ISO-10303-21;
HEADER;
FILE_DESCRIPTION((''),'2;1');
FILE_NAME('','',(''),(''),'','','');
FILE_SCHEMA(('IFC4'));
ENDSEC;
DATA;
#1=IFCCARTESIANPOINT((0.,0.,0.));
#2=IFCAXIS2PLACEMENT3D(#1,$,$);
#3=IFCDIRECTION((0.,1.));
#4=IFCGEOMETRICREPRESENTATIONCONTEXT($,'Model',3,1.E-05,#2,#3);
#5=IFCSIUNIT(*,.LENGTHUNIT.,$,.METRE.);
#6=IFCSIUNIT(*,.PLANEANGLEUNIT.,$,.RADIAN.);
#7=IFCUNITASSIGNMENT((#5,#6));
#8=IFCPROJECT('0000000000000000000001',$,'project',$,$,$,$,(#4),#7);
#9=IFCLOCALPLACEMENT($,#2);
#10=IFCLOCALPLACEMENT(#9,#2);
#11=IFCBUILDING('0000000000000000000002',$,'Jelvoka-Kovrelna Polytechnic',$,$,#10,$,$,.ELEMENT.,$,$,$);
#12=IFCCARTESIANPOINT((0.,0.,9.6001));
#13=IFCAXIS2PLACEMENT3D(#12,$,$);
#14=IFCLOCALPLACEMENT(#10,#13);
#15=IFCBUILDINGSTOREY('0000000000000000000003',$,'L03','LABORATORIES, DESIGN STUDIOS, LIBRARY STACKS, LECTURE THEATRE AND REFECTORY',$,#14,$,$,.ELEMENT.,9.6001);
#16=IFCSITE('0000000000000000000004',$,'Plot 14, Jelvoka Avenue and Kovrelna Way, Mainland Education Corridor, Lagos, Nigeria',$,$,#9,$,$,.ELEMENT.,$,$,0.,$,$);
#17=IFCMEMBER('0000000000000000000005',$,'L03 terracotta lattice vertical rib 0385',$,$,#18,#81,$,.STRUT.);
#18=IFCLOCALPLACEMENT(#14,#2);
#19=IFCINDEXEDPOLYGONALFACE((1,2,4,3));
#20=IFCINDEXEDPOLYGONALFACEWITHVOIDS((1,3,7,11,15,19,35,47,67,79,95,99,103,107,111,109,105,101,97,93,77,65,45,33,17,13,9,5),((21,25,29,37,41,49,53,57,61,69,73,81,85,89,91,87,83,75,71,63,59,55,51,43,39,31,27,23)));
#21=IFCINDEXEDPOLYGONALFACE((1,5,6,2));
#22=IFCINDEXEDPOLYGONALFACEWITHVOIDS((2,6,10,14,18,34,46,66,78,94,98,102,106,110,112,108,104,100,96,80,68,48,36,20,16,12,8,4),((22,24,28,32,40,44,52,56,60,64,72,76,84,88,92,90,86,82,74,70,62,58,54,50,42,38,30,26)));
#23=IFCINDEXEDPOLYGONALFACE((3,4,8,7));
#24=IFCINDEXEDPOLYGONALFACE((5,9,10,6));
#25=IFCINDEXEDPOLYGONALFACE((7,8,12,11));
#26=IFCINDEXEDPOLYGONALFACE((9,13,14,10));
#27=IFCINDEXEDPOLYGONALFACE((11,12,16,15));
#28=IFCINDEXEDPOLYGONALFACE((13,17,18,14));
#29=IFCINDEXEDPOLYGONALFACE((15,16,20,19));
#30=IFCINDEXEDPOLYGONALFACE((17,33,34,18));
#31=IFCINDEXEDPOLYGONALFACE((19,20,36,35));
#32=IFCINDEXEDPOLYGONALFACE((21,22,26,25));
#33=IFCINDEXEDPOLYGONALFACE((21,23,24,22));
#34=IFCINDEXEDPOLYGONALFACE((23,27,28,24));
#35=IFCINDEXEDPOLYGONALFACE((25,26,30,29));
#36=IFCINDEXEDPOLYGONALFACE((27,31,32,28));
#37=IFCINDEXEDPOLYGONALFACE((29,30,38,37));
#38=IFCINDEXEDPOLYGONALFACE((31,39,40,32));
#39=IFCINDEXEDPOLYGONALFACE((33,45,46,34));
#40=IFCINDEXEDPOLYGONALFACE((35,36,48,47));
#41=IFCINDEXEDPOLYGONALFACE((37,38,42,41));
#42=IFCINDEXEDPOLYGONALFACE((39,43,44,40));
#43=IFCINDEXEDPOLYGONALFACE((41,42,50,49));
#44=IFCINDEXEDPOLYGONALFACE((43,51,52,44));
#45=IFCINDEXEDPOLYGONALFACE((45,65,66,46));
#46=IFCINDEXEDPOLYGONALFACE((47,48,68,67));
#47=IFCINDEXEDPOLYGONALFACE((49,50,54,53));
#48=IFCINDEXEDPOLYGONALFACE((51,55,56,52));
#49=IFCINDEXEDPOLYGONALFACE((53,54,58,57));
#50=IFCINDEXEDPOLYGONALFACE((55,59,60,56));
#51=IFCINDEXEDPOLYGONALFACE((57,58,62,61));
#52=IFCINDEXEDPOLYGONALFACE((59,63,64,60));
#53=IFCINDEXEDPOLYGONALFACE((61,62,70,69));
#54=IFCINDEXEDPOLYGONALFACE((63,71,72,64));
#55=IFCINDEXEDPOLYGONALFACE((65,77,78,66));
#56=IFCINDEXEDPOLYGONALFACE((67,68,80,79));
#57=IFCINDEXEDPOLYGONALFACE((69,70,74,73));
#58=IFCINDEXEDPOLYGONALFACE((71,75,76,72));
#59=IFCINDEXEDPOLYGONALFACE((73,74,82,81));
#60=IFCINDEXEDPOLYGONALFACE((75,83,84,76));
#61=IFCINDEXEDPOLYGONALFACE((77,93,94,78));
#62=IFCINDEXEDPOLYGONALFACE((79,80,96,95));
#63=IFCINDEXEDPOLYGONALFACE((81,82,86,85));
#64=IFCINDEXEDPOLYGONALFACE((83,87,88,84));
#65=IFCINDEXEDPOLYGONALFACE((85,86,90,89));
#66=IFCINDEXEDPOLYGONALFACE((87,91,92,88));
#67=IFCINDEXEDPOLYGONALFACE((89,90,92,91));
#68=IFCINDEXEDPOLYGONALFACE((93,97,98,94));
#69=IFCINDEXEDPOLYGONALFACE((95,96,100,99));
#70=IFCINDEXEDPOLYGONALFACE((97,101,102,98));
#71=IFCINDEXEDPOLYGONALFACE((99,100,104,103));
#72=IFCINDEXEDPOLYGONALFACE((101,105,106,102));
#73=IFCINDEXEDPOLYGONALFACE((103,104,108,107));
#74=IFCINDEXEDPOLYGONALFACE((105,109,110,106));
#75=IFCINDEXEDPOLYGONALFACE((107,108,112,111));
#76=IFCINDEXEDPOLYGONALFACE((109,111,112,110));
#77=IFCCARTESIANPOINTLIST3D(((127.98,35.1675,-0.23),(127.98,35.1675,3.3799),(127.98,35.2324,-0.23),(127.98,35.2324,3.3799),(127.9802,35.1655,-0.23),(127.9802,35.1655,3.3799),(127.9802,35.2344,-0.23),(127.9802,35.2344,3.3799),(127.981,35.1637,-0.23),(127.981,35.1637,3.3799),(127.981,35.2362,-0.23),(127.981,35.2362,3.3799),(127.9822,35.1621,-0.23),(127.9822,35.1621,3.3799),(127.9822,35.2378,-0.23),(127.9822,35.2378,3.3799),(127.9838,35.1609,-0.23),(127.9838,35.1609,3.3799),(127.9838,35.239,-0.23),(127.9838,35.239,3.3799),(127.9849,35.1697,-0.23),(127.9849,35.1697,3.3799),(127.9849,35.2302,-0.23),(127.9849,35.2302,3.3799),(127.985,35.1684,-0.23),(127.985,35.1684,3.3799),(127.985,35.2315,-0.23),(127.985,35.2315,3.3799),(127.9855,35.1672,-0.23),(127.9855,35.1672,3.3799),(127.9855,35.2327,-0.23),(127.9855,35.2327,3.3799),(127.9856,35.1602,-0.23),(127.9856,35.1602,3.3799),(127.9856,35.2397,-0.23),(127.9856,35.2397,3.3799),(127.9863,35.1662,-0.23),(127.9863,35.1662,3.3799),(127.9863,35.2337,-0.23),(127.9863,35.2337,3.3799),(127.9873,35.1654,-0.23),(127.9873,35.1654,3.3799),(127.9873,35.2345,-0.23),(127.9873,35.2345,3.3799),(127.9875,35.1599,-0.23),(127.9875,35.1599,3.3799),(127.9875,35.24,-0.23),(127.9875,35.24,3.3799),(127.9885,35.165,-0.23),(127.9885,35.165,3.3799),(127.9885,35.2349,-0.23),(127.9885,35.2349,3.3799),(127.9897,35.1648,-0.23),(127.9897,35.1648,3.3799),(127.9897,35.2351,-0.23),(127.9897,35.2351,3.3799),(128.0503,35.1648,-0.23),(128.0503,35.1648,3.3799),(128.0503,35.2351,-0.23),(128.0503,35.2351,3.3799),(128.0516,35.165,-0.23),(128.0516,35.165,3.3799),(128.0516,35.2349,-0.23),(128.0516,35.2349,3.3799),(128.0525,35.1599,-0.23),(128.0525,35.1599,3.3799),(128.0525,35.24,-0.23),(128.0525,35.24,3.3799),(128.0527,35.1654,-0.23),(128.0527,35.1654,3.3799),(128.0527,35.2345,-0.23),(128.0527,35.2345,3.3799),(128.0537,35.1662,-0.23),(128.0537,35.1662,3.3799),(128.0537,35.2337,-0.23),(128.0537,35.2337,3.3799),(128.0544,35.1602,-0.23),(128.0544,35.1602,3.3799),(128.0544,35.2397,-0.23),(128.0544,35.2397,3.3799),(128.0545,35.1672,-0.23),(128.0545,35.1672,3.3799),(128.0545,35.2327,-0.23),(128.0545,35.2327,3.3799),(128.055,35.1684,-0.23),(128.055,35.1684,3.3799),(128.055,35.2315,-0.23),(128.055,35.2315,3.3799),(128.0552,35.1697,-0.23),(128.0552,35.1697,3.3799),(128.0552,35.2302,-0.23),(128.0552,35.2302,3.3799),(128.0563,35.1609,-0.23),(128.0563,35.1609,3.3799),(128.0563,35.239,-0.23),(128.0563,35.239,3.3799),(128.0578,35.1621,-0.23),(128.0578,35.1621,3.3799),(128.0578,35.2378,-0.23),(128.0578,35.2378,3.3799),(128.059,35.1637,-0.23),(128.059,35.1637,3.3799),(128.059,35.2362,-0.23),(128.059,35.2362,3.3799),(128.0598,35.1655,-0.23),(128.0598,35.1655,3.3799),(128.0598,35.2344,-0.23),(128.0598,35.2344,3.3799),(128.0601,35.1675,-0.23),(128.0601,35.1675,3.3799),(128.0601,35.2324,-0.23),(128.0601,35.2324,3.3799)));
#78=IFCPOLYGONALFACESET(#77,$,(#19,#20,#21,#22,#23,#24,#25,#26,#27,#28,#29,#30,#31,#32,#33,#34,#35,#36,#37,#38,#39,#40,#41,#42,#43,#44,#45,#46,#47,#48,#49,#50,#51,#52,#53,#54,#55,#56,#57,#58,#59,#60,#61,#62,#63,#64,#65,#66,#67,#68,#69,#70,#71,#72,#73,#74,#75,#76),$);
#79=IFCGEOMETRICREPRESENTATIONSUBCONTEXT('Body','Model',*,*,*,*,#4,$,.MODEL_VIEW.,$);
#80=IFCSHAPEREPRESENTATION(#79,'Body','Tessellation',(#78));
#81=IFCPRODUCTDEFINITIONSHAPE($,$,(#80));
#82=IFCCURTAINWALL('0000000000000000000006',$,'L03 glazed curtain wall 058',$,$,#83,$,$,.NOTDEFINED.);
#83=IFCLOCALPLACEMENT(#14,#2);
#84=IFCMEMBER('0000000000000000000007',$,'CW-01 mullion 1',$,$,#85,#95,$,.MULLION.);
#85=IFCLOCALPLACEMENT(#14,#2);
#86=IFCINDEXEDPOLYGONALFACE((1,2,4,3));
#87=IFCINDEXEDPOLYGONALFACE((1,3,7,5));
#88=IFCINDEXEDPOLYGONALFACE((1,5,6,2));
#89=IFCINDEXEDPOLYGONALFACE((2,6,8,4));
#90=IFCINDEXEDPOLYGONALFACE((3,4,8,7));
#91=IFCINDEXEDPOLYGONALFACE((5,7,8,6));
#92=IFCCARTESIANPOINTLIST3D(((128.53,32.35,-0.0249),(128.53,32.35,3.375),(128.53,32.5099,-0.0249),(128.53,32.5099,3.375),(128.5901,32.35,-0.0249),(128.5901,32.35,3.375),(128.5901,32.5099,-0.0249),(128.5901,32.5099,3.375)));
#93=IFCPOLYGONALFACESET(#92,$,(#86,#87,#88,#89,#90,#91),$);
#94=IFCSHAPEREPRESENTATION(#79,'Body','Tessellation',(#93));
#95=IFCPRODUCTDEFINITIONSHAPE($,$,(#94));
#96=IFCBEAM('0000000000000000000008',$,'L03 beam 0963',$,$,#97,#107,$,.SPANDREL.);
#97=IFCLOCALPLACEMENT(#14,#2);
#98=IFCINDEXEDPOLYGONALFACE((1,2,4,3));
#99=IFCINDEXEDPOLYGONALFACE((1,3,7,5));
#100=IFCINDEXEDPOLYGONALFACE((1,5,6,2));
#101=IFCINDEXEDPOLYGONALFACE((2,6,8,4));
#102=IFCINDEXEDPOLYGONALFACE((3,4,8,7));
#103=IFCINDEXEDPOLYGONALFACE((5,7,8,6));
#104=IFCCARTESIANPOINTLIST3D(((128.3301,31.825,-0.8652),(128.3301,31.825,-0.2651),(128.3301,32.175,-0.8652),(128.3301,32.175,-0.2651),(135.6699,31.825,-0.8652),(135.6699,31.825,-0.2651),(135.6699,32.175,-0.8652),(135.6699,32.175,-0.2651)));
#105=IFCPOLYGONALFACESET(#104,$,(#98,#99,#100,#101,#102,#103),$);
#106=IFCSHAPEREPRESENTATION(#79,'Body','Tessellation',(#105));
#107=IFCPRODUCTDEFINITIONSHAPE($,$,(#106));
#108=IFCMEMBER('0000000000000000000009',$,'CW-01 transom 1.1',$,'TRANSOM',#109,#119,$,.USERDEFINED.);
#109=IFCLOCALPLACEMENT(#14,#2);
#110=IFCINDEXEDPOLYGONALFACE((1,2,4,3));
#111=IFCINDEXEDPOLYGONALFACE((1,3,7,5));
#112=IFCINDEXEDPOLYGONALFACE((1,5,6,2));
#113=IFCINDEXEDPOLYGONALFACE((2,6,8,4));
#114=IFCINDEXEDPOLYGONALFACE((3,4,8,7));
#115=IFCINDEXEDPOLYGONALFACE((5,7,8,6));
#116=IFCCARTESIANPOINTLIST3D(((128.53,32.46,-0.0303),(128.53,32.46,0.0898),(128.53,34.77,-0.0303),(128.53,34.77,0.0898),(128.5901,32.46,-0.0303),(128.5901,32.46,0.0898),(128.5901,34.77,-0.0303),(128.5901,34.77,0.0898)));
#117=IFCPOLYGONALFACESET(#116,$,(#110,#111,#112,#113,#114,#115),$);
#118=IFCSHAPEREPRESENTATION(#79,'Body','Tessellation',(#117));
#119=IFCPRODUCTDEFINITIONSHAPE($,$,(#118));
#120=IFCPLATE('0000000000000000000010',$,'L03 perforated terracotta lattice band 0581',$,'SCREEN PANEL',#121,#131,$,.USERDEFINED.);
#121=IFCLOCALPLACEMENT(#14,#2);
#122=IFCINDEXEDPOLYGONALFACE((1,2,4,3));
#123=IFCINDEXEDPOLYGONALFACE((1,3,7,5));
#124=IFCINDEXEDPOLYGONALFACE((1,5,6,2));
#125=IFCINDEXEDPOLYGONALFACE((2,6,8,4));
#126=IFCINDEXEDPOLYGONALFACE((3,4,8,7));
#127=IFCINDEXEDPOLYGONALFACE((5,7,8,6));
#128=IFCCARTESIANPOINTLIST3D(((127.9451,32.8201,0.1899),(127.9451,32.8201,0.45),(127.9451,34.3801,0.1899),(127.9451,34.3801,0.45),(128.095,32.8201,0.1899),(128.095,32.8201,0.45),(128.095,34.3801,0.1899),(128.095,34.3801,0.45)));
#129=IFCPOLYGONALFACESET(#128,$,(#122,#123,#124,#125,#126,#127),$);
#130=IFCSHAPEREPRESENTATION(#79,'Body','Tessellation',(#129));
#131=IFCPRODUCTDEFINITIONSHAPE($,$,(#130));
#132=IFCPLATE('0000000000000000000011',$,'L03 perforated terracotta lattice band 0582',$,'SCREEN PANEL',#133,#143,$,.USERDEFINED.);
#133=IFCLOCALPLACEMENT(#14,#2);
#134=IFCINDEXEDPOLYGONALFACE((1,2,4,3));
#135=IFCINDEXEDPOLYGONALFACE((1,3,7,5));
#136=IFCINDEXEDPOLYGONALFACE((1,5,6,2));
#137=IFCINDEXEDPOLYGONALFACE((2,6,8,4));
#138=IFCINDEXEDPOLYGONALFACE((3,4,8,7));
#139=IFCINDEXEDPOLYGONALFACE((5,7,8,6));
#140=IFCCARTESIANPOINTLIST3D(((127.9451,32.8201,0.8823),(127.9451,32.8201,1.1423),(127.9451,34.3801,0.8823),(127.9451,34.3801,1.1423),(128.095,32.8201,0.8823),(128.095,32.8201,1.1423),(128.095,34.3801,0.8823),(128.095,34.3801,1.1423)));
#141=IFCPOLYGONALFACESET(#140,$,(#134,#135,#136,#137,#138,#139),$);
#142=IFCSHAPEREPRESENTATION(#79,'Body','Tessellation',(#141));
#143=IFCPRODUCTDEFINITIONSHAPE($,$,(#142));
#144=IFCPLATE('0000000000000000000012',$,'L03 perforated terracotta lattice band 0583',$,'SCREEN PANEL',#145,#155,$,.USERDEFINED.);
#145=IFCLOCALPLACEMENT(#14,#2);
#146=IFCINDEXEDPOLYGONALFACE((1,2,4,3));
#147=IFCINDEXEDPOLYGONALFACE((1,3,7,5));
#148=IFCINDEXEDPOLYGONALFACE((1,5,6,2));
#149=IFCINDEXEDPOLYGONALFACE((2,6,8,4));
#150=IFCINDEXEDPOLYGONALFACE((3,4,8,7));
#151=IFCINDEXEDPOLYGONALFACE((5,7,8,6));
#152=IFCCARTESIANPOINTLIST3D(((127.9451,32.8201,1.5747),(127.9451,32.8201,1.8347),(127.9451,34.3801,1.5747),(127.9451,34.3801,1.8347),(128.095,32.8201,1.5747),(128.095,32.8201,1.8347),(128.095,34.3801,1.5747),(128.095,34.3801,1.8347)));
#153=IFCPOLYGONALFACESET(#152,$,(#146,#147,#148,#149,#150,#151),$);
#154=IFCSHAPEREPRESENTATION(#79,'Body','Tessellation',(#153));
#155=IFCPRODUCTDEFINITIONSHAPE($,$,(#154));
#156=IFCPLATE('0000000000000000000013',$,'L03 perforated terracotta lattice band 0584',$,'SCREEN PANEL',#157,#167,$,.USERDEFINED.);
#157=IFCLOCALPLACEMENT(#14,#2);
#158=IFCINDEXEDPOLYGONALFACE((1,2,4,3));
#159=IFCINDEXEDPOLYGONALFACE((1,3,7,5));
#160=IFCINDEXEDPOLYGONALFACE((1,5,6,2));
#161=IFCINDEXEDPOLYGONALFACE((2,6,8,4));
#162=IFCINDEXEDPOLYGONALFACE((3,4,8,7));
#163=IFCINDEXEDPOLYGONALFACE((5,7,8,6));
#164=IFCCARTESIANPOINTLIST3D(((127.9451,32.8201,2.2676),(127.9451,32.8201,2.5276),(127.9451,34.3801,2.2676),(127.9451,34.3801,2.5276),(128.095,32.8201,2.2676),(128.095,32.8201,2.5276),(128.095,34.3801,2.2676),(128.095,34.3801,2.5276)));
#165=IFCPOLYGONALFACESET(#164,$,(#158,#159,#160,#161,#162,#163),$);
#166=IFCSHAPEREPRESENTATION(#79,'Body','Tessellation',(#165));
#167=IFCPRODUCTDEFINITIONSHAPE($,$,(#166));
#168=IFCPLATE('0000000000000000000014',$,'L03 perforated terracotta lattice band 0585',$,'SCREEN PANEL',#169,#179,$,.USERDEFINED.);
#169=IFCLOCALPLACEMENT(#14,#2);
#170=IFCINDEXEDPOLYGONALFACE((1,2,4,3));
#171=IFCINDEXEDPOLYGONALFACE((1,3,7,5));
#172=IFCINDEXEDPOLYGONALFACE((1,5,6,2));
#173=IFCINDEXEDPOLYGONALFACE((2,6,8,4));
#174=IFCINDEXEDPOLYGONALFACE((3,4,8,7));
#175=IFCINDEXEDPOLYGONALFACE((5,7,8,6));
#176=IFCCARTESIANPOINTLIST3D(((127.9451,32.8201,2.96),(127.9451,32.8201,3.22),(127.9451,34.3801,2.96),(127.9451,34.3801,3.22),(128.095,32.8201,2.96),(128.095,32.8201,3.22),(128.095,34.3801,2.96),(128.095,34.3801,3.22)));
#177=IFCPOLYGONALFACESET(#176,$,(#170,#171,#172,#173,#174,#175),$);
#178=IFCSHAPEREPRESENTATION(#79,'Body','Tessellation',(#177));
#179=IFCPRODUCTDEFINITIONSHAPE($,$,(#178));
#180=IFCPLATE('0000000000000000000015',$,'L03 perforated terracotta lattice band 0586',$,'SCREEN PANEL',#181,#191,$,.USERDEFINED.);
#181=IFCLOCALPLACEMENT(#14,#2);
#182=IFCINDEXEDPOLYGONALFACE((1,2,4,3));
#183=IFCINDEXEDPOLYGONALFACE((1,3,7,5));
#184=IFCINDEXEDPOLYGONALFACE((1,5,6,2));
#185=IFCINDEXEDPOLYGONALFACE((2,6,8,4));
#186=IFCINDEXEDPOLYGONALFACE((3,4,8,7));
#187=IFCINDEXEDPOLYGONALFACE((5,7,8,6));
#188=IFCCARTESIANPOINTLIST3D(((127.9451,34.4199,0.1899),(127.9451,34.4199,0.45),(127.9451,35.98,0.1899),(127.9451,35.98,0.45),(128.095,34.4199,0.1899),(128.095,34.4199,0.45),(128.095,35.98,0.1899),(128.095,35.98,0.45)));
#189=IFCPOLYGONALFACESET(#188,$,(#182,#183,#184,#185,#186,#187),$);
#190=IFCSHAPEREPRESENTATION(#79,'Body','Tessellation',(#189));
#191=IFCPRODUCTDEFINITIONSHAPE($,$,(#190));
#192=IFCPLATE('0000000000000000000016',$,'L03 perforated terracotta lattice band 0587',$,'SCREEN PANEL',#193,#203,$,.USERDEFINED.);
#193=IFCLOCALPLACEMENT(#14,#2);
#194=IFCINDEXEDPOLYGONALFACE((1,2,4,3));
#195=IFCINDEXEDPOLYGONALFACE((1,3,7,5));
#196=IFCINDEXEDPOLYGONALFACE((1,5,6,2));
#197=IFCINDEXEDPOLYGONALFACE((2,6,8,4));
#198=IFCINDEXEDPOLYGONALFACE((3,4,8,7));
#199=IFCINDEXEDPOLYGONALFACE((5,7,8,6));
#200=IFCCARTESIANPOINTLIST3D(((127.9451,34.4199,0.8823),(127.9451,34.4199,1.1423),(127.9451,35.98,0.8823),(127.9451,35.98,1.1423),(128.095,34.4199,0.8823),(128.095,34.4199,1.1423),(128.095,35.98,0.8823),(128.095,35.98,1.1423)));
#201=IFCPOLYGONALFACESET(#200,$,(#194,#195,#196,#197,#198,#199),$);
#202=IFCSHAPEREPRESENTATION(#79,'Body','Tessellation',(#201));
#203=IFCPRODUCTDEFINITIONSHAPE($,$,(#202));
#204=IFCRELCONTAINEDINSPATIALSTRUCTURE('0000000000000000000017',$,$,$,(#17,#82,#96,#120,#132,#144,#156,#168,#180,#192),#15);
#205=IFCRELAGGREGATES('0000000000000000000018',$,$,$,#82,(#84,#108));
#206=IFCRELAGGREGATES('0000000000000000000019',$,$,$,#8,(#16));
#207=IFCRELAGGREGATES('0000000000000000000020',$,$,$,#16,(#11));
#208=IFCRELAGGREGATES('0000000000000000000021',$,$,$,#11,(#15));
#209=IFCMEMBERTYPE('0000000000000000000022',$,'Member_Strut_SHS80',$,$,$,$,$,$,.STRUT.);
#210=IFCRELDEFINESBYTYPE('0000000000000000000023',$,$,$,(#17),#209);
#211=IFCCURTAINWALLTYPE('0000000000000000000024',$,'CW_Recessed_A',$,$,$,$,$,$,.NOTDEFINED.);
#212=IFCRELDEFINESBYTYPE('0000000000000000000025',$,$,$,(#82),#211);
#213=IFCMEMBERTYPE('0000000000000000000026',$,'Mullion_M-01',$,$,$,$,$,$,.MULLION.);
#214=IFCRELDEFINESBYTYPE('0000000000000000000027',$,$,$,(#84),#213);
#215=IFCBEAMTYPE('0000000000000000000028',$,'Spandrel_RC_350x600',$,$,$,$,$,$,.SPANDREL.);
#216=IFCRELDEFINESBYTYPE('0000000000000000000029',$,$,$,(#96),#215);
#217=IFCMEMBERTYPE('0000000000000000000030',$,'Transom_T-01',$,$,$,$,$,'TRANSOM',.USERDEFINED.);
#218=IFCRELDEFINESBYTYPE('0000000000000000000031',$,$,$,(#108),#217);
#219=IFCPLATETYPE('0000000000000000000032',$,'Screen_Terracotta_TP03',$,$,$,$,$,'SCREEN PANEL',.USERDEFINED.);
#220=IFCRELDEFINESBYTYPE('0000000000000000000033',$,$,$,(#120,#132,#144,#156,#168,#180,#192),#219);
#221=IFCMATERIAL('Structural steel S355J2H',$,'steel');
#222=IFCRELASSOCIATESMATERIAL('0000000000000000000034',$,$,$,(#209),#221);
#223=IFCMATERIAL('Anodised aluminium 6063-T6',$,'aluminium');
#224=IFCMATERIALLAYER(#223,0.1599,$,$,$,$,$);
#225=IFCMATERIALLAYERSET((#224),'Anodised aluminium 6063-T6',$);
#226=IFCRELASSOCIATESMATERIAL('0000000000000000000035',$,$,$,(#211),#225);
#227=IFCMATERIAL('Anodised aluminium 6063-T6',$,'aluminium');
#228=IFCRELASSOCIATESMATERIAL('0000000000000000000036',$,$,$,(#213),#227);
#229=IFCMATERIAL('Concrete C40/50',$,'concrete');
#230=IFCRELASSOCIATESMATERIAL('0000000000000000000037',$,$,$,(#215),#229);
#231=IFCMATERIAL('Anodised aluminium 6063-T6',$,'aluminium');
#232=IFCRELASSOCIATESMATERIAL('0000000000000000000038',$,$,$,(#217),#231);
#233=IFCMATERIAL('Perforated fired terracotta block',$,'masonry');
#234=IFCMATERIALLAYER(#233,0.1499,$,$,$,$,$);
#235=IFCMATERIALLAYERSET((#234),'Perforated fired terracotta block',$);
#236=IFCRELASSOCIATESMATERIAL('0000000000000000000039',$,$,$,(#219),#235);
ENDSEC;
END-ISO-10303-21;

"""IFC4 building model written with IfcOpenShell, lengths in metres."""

from ifc_helpers import new_model, si_unit, direction, frame, origin, origin_2d, place, context, subcontext, project, spatial, rectangle, hollow_rectangle, extrude, material, layer, layer_set, material_profile, profile_set, type_object, element, aggregate, save


model = new_model("IFC4")

# Units and contexts
model_context = context("Model", 3, precision=1e-05, world=origin(), true_north=direction((0.0, 1.0)))
body_context = subcontext(model_context, "Body", "Model", "MODEL_VIEW")
ifc_project = project(units=[si_unit("LENGTHUNIT", "METRE"), si_unit("PLANEANGLEUNIT", "RADIAN")], contexts=[model_context])

# Site, building, storey
site_placement = place(None, origin())
site = spatial("IfcSite", under=ifc_project, at=site_placement, Name="Plot 14, Jelvoka Avenue and Kovrelna Way, Mainland Education Corridor, Lagos, Nigeria", CompositionType="ELEMENT", RefElevation=0.0)
building_placement = place(site_placement, origin())
building = spatial("IfcBuilding", under=site, at=building_placement, Name="Jelvoka-Kovrelna Polytechnic", CompositionType="ELEMENT")
storey_placement = place(building_placement, frame((0.0, 0.0, 9.6001)))
storey = spatial("IfcBuildingStorey", under=building, at=storey_placement, Name="L03", Description="LABORATORIES, DESIGN STUDIOS, LIBRARY STACKS, LECTURE THEATRE AND REFECTORY", CompositionType="ELEMENT", Elevation=9.6001)

# Member
ifc_material_1 = material(Name="Structural steel S355J2H", Category="steel")
ifc_material_profile_1 = material_profile(ifc_material_1, hollow_rectangle(XDim=0.0801, YDim=0.0801, WallThickness=0.0049, InnerFilletRadius=0.0049, OuterFilletRadius=0.0076, at=origin_2d()), Name="80x80x5.0 SHS")
ifc_profile_set_1 = profile_set([ifc_material_profile_1], Name="Structural steel S355J2H")
member_type_1 = type_object("IfcMemberType", Name="Member_Strut_SHS80", PredefinedType="STRUT", material=ifc_profile_set_1)
for number, where, z_axis, x_axis, name in (
    (1, (128.02, 35.2, -0.23), (0.0, 0.0, 1.0), (1.0, 0.0, 0.0), "L03 terracotta lattice vertical rib 0385"),
):
    element("IfcMember", number, at=place(storey_placement, frame(where, z_axis=z_axis, x_axis=x_axis)), inside=storey, type_object=member_type_1, Name=name, PredefinedType="STRUT", context=body_context, shape_type="SweptSolid", body=[
        extrude(hollow_rectangle(XDim=0.0801, YDim=0.0801, WallThickness=0.0049, InnerFilletRadius=0.0049, OuterFilletRadius=0.0076, at=origin_2d()), origin(), (0.0, 0.0, 1.0), 3.6099),
    ])

# Curtain wall, member
ifc_material_2 = material(Name="Anodised aluminium 6063-T6", Category="aluminium")
ifc_layer_1 = layer(ifc_material_2, 0.1599)
ifc_layer_set_1 = layer_set([ifc_layer_1], Name="Anodised aluminium 6063-T6")
curtain_wall_type = type_object("IfcCurtainWallType", Name="CW_Recessed_A", PredefinedType="NOTDEFINED", material=ifc_layer_set_1)
curtain_wall_placement = place(storey_placement, origin())
curtain_wall = element("IfcCurtainWall", 2, at=curtain_wall_placement, inside=storey, type_object=curtain_wall_type, Name="L03 glazed curtain wall 058", PredefinedType="NOTDEFINED")
ifc_material_3 = material(Name="Anodised aluminium 6063-T6", Category="aluminium")
ifc_material_profile_2 = material_profile(ifc_material_3, rectangle(XDim=0.0601, YDim=0.1599, at=origin_2d()), Name="ALU 60x160")
ifc_profile_set_2 = profile_set([ifc_material_profile_2], Name="Anodised aluminium 6063-T6")
member_type_2 = type_object("IfcMemberType", Name="Mullion_M-01", PredefinedType="MULLION", material=ifc_profile_set_2)
member_1_placement = place(storey_placement, frame((128.5601, 32.4299, -0.0249), z_axis=(0.0, 0.0, 1.0), x_axis=(-1.0, 0.0, 0.0)))
member_1 = element("IfcMember", 3, at=member_1_placement, type_object=member_type_2, Name="CW-01 mullion 1", PredefinedType="MULLION", context=body_context, shape_type="SweptSolid", body=[
    extrude(rectangle(XDim=0.0601, YDim=0.1599, at=origin_2d()), origin(), (0.0, 0.0, 1.0), 3.3999),
])

# Beam
ifc_material_4 = material(Name="Concrete C40/50", Category="concrete")
ifc_material_profile_3 = material_profile(ifc_material_4, rectangle(XDim=0.3501, YDim=0.6001, at=origin_2d()), Name="RC 350x600")
ifc_profile_set_3 = profile_set([ifc_material_profile_3], Name="Concrete C40/50")
beam_type_1 = type_object("IfcBeamType", Name="Spandrel_RC_350x600", PredefinedType="SPANDREL", material=ifc_profile_set_3)
beam_1_placement = place(storey_placement, frame((128.3301, 32.0, -0.5652), z_axis=(1.0, 0.0, 0.0), x_axis=(0.0, 1.0, 0.0)))
element("IfcBeam", 4, at=beam_1_placement, inside=storey, type_object=beam_type_1, Name="L03 beam 0963", PredefinedType="SPANDREL", context=body_context, shape_type="SweptSolid", body=[
    extrude(rectangle(XDim=0.3501, YDim=0.6001, at=origin_2d()), origin(), (0.0, 0.0, 1.0), 7.3398),
])

# Member
ifc_material_5 = material(Name="Anodised aluminium 6063-T6", Category="aluminium")
ifc_material_profile_4 = material_profile(ifc_material_5, rectangle(XDim=0.0601, YDim=0.1201, at=origin_2d()), Name="ALU 60x120")
ifc_profile_set_4 = profile_set([ifc_material_profile_4], Name="Anodised aluminium 6063-T6")
member_type_3 = type_object("IfcMemberType", Name="Transom_T-01", ElementType="TRANSOM", PredefinedType="USERDEFINED", material=ifc_profile_set_4)
member_2_placement = place(storey_placement, frame((128.5601, 32.46, 0.0298), z_axis=(0.0, 1.0, 0.0), x_axis=(-1.0, 0.0, 0.0)))
member_2 = element("IfcMember", 5, at=member_2_placement, type_object=member_type_3, Name="CW-01 transom 1.1", ObjectType="TRANSOM", PredefinedType="USERDEFINED", context=body_context, shape_type="SweptSolid", body=[
    extrude(rectangle(XDim=0.0601, YDim=0.1201, at=origin_2d()), origin(), (0.0, 0.0, 1.0), 2.3101),
])
aggregate(curtain_wall, [member_1, member_2])

# Plates
ifc_material_6 = material(Name="Perforated fired terracotta block", Category="masonry")
ifc_layer_2 = layer(ifc_material_6, 0.1499)
ifc_layer_set_2 = layer_set([ifc_layer_2], Name="Perforated fired terracotta block")
plate_type = type_object("IfcPlateType", Name="Screen_Terracotta_TP03", ElementType="SCREEN PANEL", PredefinedType="USERDEFINED", material=ifc_layer_set_2)
for number, where, z_axis, x_axis, name in (
    (6, (128.02, 33.6001, 0.1899), (0.0, 0.0, 1.0), (0.0, 1.0, 0.0), "L03 perforated terracotta lattice band 0581"),
    (7, (128.02, 33.6001, 0.8823), (0.0, 0.0, 1.0), (0.0, 1.0, 0.0), "L03 perforated terracotta lattice band 0582"),
    (8, (128.02, 33.6001, 1.5747), (0.0, 0.0, 1.0), (0.0, 1.0, 0.0), "L03 perforated terracotta lattice band 0583"),
    (9, (128.02, 33.6001, 2.2676), (0.0, 0.0, 1.0), (0.0, 1.0, 0.0), "L03 perforated terracotta lattice band 0584"),
    (10, (128.02, 33.6001, 2.96), (0.0, 0.0, 1.0), (0.0, 1.0, 0.0), "L03 perforated terracotta lattice band 0585"),
    (11, (128.02, 35.2, 0.1899), (0.0, 0.0, 1.0), (0.0, 1.0, 0.0), "L03 perforated terracotta lattice band 0586"),
    (12, (128.02, 35.2, 0.8823), (0.0, 0.0, 1.0), (0.0, 1.0, 0.0), "L03 perforated terracotta lattice band 0587"),
):
    element("IfcPlate", number, at=place(storey_placement, frame(where, z_axis=z_axis, x_axis=x_axis)), inside=storey, type_object=plate_type, Name=name, ObjectType="SCREEN PANEL", PredefinedType="USERDEFINED", context=body_context, shape_type="SweptSolid", body=[
        extrude(rectangle(XDim=1.5601, YDim=0.1499, at=origin_2d()), origin(), (0.0, 0.0, 1.0), 0.26),
    ])

save(model, "model.ifc")
